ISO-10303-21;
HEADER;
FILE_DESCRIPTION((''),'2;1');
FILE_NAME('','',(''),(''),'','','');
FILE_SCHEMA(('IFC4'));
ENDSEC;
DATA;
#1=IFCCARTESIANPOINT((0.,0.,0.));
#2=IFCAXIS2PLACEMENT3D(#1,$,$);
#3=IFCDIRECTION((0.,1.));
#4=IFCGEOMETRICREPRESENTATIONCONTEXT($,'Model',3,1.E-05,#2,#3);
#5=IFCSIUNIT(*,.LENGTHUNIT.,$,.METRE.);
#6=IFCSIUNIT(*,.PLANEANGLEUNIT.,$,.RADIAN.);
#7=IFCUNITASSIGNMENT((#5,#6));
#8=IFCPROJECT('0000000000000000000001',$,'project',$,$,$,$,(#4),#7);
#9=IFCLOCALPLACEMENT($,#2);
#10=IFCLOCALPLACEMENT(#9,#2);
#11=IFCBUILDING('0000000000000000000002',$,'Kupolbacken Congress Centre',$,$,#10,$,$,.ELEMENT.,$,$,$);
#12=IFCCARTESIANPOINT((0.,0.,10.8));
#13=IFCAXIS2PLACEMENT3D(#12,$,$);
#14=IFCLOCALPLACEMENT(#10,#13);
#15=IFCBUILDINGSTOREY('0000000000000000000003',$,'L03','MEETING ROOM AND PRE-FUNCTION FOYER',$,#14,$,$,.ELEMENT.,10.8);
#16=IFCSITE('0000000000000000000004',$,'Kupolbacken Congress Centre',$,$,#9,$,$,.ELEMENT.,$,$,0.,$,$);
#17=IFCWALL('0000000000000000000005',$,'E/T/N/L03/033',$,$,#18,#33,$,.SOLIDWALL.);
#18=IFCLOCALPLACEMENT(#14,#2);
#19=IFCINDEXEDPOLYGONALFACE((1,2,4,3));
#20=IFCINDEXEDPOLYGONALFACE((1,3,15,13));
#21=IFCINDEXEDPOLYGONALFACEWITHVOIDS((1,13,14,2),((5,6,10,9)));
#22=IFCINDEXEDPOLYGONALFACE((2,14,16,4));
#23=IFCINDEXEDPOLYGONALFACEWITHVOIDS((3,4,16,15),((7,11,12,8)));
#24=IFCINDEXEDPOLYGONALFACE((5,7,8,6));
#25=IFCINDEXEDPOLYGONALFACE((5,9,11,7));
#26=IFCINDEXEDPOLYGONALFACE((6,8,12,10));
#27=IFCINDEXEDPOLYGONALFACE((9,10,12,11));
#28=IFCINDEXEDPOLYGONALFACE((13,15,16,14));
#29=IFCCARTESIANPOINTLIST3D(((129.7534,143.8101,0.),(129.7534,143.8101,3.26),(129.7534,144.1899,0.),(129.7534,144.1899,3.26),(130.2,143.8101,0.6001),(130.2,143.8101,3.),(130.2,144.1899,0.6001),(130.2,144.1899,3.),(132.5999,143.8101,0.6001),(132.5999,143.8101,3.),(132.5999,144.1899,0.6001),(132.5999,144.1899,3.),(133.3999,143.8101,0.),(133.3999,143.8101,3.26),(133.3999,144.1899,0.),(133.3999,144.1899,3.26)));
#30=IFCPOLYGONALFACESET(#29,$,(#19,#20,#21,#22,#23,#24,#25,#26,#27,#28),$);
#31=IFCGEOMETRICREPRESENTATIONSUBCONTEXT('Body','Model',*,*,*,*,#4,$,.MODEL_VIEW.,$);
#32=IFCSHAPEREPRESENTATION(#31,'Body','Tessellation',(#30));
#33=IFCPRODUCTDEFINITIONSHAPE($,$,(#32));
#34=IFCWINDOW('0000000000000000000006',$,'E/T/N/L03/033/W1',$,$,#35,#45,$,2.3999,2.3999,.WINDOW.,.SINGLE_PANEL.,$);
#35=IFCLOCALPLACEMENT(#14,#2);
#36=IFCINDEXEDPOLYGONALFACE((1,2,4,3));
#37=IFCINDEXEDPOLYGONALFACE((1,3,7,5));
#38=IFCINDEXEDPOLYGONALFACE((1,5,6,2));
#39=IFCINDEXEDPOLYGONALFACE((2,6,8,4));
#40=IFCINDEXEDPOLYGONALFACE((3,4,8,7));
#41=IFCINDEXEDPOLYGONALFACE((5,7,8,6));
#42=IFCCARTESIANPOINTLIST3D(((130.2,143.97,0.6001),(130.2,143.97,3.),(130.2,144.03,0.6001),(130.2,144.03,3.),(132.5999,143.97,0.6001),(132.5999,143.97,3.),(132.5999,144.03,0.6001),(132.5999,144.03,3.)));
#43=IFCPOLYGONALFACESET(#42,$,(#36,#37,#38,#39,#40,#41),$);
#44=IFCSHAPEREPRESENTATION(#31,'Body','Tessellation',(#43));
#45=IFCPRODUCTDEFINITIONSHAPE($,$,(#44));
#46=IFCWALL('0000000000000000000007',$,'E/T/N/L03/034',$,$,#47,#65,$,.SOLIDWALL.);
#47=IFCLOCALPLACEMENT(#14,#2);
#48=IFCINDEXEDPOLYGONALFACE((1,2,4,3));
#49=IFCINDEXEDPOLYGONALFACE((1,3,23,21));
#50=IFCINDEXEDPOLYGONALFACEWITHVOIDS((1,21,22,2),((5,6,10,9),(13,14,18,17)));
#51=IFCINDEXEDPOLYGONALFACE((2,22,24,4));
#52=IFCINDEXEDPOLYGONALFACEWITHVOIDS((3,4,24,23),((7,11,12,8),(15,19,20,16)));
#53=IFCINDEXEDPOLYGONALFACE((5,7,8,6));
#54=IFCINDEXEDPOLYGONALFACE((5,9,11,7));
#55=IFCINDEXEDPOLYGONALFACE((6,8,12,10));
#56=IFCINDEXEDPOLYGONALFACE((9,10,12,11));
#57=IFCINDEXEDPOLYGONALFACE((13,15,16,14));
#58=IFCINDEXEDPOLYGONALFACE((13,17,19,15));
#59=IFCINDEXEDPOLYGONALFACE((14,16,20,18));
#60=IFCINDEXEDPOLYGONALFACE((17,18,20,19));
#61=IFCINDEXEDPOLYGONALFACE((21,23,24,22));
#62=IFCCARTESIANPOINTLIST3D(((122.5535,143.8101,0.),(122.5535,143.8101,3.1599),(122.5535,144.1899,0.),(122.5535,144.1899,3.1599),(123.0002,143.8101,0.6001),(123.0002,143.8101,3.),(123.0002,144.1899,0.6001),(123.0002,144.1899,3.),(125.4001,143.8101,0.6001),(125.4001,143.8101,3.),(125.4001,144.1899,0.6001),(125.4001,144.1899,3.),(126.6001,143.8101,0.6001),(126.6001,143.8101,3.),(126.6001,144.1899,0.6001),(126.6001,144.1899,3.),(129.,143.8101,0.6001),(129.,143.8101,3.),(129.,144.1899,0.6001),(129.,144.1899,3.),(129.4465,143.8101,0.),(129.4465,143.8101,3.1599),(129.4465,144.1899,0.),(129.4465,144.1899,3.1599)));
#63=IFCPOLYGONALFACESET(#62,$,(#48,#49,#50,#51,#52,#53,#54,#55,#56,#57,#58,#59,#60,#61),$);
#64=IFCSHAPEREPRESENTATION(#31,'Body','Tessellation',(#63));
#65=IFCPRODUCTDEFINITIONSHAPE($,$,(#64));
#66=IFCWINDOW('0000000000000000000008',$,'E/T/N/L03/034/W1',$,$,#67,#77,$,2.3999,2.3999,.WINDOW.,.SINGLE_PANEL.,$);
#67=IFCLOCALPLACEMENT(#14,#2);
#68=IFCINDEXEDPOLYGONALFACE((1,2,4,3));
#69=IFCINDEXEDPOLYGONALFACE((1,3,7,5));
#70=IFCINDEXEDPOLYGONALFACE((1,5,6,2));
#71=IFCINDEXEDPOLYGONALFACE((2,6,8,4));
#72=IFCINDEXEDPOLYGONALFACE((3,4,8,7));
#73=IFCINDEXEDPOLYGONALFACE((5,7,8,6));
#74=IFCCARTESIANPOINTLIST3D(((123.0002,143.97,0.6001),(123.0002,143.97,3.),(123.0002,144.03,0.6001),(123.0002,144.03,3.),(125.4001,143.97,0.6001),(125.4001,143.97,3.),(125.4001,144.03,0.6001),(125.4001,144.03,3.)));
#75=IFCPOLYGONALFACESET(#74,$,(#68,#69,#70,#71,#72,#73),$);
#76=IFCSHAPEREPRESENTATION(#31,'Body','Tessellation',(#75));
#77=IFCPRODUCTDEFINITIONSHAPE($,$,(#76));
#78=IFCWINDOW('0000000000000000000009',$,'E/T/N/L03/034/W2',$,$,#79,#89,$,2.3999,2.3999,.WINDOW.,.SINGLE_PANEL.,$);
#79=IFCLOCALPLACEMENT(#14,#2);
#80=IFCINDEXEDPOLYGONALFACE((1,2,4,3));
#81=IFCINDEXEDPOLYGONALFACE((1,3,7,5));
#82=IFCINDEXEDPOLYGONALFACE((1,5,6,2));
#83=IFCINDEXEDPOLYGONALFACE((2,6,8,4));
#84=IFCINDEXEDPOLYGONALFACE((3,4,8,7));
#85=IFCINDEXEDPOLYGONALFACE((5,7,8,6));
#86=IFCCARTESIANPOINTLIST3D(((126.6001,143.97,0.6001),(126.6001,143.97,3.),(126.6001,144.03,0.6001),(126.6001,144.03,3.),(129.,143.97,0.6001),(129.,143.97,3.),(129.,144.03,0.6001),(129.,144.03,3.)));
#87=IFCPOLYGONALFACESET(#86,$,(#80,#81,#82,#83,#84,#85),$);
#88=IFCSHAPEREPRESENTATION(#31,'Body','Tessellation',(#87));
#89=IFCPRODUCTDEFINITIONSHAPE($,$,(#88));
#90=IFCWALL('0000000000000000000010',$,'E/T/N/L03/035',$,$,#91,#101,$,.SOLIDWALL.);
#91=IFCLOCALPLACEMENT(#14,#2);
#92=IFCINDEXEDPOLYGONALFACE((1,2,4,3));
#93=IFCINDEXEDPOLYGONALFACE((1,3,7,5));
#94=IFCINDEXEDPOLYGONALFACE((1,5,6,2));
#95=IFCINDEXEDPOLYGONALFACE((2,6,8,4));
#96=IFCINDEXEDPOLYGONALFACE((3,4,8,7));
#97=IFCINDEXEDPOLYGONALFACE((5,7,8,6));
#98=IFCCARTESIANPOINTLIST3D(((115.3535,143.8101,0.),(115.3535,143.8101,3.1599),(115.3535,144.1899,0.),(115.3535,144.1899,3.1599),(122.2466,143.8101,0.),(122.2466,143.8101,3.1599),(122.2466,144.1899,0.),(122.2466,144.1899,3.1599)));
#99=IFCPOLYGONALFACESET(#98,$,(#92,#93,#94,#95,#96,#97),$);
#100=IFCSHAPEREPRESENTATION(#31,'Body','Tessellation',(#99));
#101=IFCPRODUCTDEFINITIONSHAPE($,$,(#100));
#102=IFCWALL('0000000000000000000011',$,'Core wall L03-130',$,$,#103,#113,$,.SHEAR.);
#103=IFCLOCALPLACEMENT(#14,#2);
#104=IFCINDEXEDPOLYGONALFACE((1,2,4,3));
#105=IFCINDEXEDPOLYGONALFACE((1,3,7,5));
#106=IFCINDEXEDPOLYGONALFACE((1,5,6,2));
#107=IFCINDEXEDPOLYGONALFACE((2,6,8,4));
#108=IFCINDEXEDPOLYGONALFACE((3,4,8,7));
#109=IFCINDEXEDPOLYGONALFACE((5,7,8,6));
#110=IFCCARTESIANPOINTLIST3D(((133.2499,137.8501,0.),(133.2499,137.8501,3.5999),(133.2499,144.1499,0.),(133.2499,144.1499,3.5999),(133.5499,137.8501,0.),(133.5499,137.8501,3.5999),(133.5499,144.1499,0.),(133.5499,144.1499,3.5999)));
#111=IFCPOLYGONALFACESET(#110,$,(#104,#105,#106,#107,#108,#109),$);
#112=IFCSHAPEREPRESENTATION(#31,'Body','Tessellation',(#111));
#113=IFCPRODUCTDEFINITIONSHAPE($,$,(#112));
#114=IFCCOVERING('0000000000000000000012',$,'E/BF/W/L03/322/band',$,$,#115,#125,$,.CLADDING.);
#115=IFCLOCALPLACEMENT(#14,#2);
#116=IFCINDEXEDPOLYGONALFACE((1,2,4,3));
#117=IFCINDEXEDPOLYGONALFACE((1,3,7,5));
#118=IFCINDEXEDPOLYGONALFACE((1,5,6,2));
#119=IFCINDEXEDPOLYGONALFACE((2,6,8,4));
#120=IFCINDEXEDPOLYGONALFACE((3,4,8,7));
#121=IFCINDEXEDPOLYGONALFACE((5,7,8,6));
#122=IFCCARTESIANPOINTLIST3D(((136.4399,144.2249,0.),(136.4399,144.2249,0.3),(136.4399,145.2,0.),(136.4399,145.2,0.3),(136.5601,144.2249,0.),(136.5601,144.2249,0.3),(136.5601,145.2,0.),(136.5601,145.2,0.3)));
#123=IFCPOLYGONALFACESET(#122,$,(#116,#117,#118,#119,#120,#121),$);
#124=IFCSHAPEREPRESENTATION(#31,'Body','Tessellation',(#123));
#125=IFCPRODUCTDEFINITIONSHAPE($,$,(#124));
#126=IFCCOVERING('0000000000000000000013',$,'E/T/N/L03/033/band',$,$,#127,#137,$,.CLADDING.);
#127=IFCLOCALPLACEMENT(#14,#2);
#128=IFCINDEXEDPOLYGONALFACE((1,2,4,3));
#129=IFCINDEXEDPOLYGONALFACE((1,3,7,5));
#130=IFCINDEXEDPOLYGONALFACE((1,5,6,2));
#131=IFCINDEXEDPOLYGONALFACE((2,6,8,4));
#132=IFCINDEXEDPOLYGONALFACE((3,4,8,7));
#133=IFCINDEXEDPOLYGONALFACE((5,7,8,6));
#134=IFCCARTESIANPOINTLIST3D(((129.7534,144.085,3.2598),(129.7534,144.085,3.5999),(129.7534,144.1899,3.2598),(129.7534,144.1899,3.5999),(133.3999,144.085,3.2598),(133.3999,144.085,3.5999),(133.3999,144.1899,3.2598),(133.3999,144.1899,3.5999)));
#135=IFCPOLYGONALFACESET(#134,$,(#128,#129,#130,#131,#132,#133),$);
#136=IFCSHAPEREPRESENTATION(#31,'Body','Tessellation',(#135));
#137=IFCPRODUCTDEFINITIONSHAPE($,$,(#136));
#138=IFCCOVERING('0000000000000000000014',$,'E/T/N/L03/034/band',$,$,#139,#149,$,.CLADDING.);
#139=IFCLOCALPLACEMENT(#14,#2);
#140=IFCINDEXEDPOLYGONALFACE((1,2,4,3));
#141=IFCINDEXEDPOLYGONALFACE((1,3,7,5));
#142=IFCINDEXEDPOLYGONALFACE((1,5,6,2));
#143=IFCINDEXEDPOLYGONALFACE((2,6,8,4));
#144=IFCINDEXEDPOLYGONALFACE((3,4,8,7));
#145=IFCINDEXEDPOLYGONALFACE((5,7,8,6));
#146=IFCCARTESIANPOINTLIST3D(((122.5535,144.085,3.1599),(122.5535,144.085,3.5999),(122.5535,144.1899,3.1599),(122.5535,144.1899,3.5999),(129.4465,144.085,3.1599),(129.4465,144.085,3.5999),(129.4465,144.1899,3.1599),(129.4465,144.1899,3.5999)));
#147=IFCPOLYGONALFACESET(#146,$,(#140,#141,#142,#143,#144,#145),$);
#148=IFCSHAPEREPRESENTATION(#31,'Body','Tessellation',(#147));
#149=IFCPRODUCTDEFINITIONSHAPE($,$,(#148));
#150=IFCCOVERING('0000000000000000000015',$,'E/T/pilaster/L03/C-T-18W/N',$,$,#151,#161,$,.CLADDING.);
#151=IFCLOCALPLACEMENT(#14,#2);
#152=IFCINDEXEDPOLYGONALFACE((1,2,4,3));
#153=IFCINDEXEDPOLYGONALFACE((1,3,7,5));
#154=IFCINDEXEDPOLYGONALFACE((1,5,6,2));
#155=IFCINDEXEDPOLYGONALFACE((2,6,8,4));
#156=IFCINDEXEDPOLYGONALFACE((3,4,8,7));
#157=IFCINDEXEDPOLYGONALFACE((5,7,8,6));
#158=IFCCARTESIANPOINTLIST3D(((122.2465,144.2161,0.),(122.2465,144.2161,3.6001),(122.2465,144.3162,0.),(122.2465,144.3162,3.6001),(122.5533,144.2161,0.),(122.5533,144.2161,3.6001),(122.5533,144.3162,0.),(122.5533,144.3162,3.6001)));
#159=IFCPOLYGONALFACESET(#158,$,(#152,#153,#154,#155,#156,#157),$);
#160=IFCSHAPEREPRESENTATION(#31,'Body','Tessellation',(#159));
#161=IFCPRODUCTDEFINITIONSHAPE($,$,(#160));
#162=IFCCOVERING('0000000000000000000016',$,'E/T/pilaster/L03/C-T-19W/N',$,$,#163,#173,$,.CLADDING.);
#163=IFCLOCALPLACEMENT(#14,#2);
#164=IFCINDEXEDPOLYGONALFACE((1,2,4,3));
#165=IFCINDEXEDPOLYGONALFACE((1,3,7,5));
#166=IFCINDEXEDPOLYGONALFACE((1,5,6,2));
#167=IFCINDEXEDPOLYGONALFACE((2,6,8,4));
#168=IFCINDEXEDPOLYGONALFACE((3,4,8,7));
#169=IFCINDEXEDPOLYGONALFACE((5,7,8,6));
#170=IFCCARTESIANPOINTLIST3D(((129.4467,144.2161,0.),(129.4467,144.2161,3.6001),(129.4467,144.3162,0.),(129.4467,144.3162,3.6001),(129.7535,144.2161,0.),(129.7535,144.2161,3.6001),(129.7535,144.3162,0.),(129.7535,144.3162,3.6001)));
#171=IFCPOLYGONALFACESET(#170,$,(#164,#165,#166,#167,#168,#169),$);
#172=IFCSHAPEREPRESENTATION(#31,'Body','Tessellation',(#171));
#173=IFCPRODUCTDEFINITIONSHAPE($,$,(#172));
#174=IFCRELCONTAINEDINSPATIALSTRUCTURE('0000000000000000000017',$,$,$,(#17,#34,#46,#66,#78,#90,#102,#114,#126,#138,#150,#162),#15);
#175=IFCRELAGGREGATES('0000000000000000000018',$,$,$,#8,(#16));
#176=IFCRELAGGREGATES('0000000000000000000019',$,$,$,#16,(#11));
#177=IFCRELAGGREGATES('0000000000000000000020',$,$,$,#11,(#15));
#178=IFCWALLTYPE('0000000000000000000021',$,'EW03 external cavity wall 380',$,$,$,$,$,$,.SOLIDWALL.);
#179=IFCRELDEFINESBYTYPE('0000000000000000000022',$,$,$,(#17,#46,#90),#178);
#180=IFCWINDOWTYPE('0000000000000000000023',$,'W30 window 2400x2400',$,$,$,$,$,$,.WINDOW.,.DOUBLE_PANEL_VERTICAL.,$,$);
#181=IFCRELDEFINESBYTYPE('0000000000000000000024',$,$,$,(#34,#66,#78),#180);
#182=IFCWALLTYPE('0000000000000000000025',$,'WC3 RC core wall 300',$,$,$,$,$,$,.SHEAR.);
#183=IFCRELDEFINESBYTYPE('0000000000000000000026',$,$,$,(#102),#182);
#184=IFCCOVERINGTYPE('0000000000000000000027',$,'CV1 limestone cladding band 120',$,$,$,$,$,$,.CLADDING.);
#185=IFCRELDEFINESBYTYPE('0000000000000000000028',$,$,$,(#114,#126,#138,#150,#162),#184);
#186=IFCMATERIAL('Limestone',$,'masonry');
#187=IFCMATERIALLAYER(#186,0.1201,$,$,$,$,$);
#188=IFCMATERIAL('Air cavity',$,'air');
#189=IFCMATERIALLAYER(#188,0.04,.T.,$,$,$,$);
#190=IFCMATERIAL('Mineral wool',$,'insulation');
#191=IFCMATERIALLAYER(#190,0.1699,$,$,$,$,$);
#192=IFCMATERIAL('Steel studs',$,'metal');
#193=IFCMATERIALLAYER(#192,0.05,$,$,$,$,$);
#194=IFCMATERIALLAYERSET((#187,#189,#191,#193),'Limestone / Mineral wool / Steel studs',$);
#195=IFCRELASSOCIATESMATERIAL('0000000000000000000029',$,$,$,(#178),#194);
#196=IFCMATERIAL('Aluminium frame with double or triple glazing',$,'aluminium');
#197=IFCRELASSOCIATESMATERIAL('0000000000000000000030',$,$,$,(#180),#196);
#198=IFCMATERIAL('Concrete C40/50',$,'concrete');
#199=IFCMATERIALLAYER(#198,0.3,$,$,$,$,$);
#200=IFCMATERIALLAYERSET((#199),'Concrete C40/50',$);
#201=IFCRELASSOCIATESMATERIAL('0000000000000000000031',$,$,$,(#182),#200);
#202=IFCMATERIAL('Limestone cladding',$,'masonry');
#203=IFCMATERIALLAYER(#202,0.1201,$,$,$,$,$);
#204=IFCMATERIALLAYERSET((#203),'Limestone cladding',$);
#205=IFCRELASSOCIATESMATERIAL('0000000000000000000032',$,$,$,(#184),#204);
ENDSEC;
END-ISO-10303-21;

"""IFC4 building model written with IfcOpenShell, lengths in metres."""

from ifc_helpers import new_model, si_unit, direction, frame, frame_2d, origin, origin_2d, place, context, subcontext, project, spatial, rectangle, extrude, material, layer, layer_set, type_object, element, fill, save


model = new_model("IFC4")

# Units and contexts
model_context = context("Model", 3, precision=1e-05, world=origin(), true_north=direction((0.0, 1.0)))
body_context = subcontext(model_context, "Body", "Model", "MODEL_VIEW")
ifc_project = project(units=[si_unit("LENGTHUNIT", "METRE"), si_unit("PLANEANGLEUNIT", "RADIAN")], contexts=[model_context])

# Site, building, storey
site_placement = place(None, origin())
site = spatial("IfcSite", under=ifc_project, at=site_placement, Name="Kupolbacken Congress Centre", CompositionType="ELEMENT", RefElevation=0.0)
building_placement = place(site_placement, origin())
building = spatial("IfcBuilding", under=site, at=building_placement, Name="Kupolbacken Congress Centre", CompositionType="ELEMENT")
storey_placement = place(building_placement, frame((0.0, 0.0, 10.8)))
storey = spatial("IfcBuildingStorey", under=building, at=storey_placement, Name="L03", Description="MEETING ROOM AND PRE-FUNCTION FOYER", CompositionType="ELEMENT", Elevation=10.8)

# Wall, opening, window
ifc_material_1 = material(Name="Limestone", Category="masonry")
ifc_layer_1 = layer(ifc_material_1, 0.1201)
ifc_material_2 = material(Name="Air cavity", Category="air")
ifc_layer_2 = layer(ifc_material_2, 0.04, ventilated=True)
ifc_material_3 = material(Name="Mineral wool", Category="insulation")
ifc_layer_3 = layer(ifc_material_3, 0.1699)
ifc_material_4 = material(Name="Steel studs", Category="metal")
ifc_layer_4 = layer(ifc_material_4, 0.05)
ifc_layer_set_1 = layer_set([ifc_layer_1, ifc_layer_2, ifc_layer_3, ifc_layer_4], Name="Limestone / Mineral wool / Steel studs")
wall_type_1 = type_object("IfcWallType", Name="EW03 external cavity wall 380", PredefinedType="SOLIDWALL", material=ifc_layer_set_1)
wall_1_placement = place(storey_placement, frame((133.3999, 144.0, 0.0), z_axis=(0.0, 0.0, 1.0), x_axis=(-1.0, 0.0, 0.0)))
wall_1 = element("IfcWall", 1, at=wall_1_placement, inside=storey, type_object=wall_type_1, Name="E/T/N/L03/033", PredefinedType="SOLIDWALL", context=body_context, shape_type="SweptSolid", body=[
    extrude(rectangle(XDim=3.6465, YDim=0.3799, at=frame_2d((1.8232, 0.0))), origin(), (0.0, 0.0, 1.0), 3.26),
])
opening_1_placement = place(wall_1_placement, frame((0.8, 0.0, 0.6001)))
opening_1 = element("IfcOpeningElement", 2, at=opening_1_placement, cuts=wall_1, PredefinedType="OPENING", context=body_context, shape_type="SweptSolid", body=[
    extrude(rectangle(XDim=2.3999, YDim=2.3999, at=frame_2d((1.2, 1.2))), frame((0.0, 0.2, 0.0), z_axis=(0.0, -1.0, 0.0), x_axis=(1.0, 0.0, 0.0)), (0.0, 0.0, 1.0), 0.3999),
])
ifc_material_5 = material(Name="Aluminium frame with double or triple glazing", Category="aluminium")
window_type = type_object("IfcWindowType", Name="W30 window 2400x2400", PartitioningType="DOUBLE_PANEL_VERTICAL", PredefinedType="WINDOW", material=ifc_material_5)
window_1_placement = place(opening_1_placement, origin())
window_1 = element("IfcWindow", 3, at=window_1_placement, inside=storey, type_object=window_type, Name="E/T/N/L03/033/W1", OverallHeight=2.3999, OverallWidth=2.3999, PartitioningType="SINGLE_PANEL", PredefinedType="WINDOW", context=body_context, shape_type="SweptSolid", body=[
    extrude(rectangle(XDim=2.3999, YDim=2.3999, at=frame_2d((1.2, 1.2))), frame((0.0, 0.03, 0.0), z_axis=(0.0, -1.0, 0.0), x_axis=(1.0, 0.0, 0.0)), (0.0, 0.0, 1.0), 0.0601),
])
fill(opening_1, window_1)

# Wall, openings, windows
wall_2_placement = place(storey_placement, frame((129.4465, 144.0, 0.0), z_axis=(0.0, 0.0, 1.0), x_axis=(-1.0, 0.0, 0.0)))
wall_2 = element("IfcWall", 4, at=wall_2_placement, inside=storey, type_object=wall_type_1, Name="E/T/N/L03/034", PredefinedType="SOLIDWALL", context=body_context, shape_type="SweptSolid", body=[
    extrude(rectangle(XDim=6.8931, YDim=0.3799, at=frame_2d((3.4465, 0.0))), origin(), (0.0, 0.0, 1.0), 3.1599),
])
opening_2_placement = place(wall_2_placement, frame((4.0464, 0.0, 0.6001)))
opening_2 = element("IfcOpeningElement", 5, at=opening_2_placement, cuts=wall_2, PredefinedType="OPENING", context=body_context, shape_type="SweptSolid", body=[
    extrude(rectangle(XDim=2.3999, YDim=2.3999, at=frame_2d((1.2, 1.2))), frame((0.0, 0.2, 0.0), z_axis=(0.0, -1.0, 0.0), x_axis=(1.0, 0.0, 0.0)), (0.0, 0.0, 1.0), 0.3999),
])
opening_3_placement = place(wall_2_placement, frame((0.4465, 0.0, 0.6001)))
opening_3 = element("IfcOpeningElement", 6, at=opening_3_placement, cuts=wall_2, PredefinedType="OPENING", context=body_context, shape_type="SweptSolid", body=[
    extrude(rectangle(XDim=2.3999, YDim=2.3999, at=frame_2d((1.2, 1.2))), frame((0.0, 0.2, 0.0), z_axis=(0.0, -1.0, 0.0), x_axis=(1.0, 0.0, 0.0)), (0.0, 0.0, 1.0), 0.3999),
])
window_2_placement = place(opening_2_placement, origin())
window_2 = element("IfcWindow", 7, at=window_2_placement, inside=storey, type_object=window_type, Name="E/T/N/L03/034/W1", OverallHeight=2.3999, OverallWidth=2.3999, PartitioningType="SINGLE_PANEL", PredefinedType="WINDOW", context=body_context, shape_type="SweptSolid", body=[
    extrude(rectangle(XDim=2.3999, YDim=2.3999, at=frame_2d((1.2, 1.2))), frame((0.0, 0.03, 0.0), z_axis=(0.0, -1.0, 0.0), x_axis=(1.0, 0.0, 0.0)), (0.0, 0.0, 1.0), 0.0601),
])
fill(opening_2, window_2)
window_3_placement = place(opening_3_placement, origin())
window_3 = element("IfcWindow", 8, at=window_3_placement, inside=storey, type_object=window_type, Name="E/T/N/L03/034/W2", OverallHeight=2.3999, OverallWidth=2.3999, PartitioningType="SINGLE_PANEL", PredefinedType="WINDOW", context=body_context, shape_type="SweptSolid", body=[
    extrude(rectangle(XDim=2.3999, YDim=2.3999, at=frame_2d((1.2, 1.2))), frame((0.0, 0.03, 0.0), z_axis=(0.0, -1.0, 0.0), x_axis=(1.0, 0.0, 0.0)), (0.0, 0.0, 1.0), 0.0601),
])
fill(opening_3, window_3)

# Wall
wall_3_placement = place(storey_placement, frame((122.2466, 144.0, 0.0), z_axis=(0.0, 0.0, 1.0), x_axis=(-1.0, 0.0, 0.0)))
element("IfcWall", 9, at=wall_3_placement, inside=storey, type_object=wall_type_1, Name="E/T/N/L03/035", PredefinedType="SOLIDWALL", context=body_context, shape_type="SweptSolid", body=[
    extrude(rectangle(XDim=6.8931, YDim=0.3799, at=frame_2d((3.4465, 0.0))), origin(), (0.0, 0.0, 1.0), 3.1599),
])

# Wall
ifc_material_6 = material(Name="Concrete C40/50", Category="concrete")
ifc_layer_5 = layer(ifc_material_6, 0.3)
ifc_layer_set_2 = layer_set([ifc_layer_5], Name="Concrete C40/50")
wall_type_2 = type_object("IfcWallType", Name="WC3 RC core wall 300", PredefinedType="SHEAR", material=ifc_layer_set_2)
wall_4_placement = place(storey_placement, frame((133.3999, 144.1499, 0.0), z_axis=(0.0, 0.0, 1.0), x_axis=(0.0, -1.0, 0.0)))
element("IfcWall", 10, at=wall_4_placement, inside=storey, type_object=wall_type_2, Name="Core wall L03-130", PredefinedType="SHEAR", context=body_context, shape_type="SweptSolid", body=[
    extrude(rectangle(XDim=6.2998, YDim=0.3, at=frame_2d((3.1499, 0.0))), origin(), (0.0, 0.0, 1.0), 3.5999),
])

# Coverings
ifc_material_7 = material(Name="Limestone cladding", Category="masonry")
ifc_layer_6 = layer(ifc_material_7, 0.1201)
ifc_layer_set_3 = layer_set([ifc_layer_6], Name="Limestone cladding")
covering_type = type_object("IfcCoveringType", Name="CV1 limestone cladding band 120", PredefinedType="CLADDING", material=ifc_layer_set_3)
covering_1_placement = place(storey_placement, frame((136.5, 144.7124, 0.0), z_axis=(0.0, 0.0, 1.0), x_axis=(0.0, -1.0, 0.0)))
element("IfcCovering", 11, at=covering_1_placement, inside=storey, type_object=covering_type, Name="E/BF/W/L03/322/band", PredefinedType="CLADDING", context=body_context, shape_type="SweptSolid", body=[
    extrude(rectangle(XDim=0.9751, YDim=0.1201, at=origin_2d()), origin(), (0.0, 0.0, 1.0), 0.3),
])
covering_2_placement = place(storey_placement, frame((131.5767, 144.1375, 3.2598), z_axis=(0.0, 0.0, 1.0), x_axis=(-1.0, 0.0, 0.0)))
element("IfcCovering", 12, at=covering_2_placement, inside=storey, type_object=covering_type, Name="E/T/N/L03/033/band", PredefinedType="CLADDING", context=body_context, shape_type="SweptSolid", body=[
    extrude(rectangle(XDim=3.6465, YDim=0.105, at=origin_2d()), origin(), (0.0, 0.0, 1.0), 0.3401),
])
covering_3_placement = place(storey_placement, frame((126.0, 144.1375, 3.1599), z_axis=(0.0, 0.0, 1.0), x_axis=(-1.0, 0.0, 0.0)))
element("IfcCovering", 13, at=covering_3_placement, inside=storey, type_object=covering_type, Name="E/T/N/L03/034/band", PredefinedType="CLADDING", context=body_context, shape_type="SweptSolid", body=[
    extrude(rectangle(XDim=6.8931, YDim=0.105, at=origin_2d()), origin(), (0.0, 0.0, 1.0), 0.4399),
])
for number, where, z_axis, x_axis, name in (
    (14, (122.3999, 144.2661, 0.0), (0.0, 0.0, 1.0), (1.0, 0.0, 0.0), "E/T/pilaster/L03/C-T-18W/N"),
    (15, (129.6001, 144.2661, 0.0), (0.0, 0.0, 1.0), (1.0, 0.0, 0.0), "E/T/pilaster/L03/C-T-19W/N"),
):
    element("IfcCovering", number, at=place(storey_placement, frame(where, z_axis=z_axis, x_axis=x_axis)), inside=storey, type_object=covering_type, Name=name, PredefinedType="CLADDING", context=body_context, shape_type="SweptSolid", body=[
        extrude(rectangle(XDim=0.3069, YDim=0.1001, at=origin_2d()), origin(), (0.0, 0.0, 1.0), 3.6001),
    ])

save(model, "model.ifc")
